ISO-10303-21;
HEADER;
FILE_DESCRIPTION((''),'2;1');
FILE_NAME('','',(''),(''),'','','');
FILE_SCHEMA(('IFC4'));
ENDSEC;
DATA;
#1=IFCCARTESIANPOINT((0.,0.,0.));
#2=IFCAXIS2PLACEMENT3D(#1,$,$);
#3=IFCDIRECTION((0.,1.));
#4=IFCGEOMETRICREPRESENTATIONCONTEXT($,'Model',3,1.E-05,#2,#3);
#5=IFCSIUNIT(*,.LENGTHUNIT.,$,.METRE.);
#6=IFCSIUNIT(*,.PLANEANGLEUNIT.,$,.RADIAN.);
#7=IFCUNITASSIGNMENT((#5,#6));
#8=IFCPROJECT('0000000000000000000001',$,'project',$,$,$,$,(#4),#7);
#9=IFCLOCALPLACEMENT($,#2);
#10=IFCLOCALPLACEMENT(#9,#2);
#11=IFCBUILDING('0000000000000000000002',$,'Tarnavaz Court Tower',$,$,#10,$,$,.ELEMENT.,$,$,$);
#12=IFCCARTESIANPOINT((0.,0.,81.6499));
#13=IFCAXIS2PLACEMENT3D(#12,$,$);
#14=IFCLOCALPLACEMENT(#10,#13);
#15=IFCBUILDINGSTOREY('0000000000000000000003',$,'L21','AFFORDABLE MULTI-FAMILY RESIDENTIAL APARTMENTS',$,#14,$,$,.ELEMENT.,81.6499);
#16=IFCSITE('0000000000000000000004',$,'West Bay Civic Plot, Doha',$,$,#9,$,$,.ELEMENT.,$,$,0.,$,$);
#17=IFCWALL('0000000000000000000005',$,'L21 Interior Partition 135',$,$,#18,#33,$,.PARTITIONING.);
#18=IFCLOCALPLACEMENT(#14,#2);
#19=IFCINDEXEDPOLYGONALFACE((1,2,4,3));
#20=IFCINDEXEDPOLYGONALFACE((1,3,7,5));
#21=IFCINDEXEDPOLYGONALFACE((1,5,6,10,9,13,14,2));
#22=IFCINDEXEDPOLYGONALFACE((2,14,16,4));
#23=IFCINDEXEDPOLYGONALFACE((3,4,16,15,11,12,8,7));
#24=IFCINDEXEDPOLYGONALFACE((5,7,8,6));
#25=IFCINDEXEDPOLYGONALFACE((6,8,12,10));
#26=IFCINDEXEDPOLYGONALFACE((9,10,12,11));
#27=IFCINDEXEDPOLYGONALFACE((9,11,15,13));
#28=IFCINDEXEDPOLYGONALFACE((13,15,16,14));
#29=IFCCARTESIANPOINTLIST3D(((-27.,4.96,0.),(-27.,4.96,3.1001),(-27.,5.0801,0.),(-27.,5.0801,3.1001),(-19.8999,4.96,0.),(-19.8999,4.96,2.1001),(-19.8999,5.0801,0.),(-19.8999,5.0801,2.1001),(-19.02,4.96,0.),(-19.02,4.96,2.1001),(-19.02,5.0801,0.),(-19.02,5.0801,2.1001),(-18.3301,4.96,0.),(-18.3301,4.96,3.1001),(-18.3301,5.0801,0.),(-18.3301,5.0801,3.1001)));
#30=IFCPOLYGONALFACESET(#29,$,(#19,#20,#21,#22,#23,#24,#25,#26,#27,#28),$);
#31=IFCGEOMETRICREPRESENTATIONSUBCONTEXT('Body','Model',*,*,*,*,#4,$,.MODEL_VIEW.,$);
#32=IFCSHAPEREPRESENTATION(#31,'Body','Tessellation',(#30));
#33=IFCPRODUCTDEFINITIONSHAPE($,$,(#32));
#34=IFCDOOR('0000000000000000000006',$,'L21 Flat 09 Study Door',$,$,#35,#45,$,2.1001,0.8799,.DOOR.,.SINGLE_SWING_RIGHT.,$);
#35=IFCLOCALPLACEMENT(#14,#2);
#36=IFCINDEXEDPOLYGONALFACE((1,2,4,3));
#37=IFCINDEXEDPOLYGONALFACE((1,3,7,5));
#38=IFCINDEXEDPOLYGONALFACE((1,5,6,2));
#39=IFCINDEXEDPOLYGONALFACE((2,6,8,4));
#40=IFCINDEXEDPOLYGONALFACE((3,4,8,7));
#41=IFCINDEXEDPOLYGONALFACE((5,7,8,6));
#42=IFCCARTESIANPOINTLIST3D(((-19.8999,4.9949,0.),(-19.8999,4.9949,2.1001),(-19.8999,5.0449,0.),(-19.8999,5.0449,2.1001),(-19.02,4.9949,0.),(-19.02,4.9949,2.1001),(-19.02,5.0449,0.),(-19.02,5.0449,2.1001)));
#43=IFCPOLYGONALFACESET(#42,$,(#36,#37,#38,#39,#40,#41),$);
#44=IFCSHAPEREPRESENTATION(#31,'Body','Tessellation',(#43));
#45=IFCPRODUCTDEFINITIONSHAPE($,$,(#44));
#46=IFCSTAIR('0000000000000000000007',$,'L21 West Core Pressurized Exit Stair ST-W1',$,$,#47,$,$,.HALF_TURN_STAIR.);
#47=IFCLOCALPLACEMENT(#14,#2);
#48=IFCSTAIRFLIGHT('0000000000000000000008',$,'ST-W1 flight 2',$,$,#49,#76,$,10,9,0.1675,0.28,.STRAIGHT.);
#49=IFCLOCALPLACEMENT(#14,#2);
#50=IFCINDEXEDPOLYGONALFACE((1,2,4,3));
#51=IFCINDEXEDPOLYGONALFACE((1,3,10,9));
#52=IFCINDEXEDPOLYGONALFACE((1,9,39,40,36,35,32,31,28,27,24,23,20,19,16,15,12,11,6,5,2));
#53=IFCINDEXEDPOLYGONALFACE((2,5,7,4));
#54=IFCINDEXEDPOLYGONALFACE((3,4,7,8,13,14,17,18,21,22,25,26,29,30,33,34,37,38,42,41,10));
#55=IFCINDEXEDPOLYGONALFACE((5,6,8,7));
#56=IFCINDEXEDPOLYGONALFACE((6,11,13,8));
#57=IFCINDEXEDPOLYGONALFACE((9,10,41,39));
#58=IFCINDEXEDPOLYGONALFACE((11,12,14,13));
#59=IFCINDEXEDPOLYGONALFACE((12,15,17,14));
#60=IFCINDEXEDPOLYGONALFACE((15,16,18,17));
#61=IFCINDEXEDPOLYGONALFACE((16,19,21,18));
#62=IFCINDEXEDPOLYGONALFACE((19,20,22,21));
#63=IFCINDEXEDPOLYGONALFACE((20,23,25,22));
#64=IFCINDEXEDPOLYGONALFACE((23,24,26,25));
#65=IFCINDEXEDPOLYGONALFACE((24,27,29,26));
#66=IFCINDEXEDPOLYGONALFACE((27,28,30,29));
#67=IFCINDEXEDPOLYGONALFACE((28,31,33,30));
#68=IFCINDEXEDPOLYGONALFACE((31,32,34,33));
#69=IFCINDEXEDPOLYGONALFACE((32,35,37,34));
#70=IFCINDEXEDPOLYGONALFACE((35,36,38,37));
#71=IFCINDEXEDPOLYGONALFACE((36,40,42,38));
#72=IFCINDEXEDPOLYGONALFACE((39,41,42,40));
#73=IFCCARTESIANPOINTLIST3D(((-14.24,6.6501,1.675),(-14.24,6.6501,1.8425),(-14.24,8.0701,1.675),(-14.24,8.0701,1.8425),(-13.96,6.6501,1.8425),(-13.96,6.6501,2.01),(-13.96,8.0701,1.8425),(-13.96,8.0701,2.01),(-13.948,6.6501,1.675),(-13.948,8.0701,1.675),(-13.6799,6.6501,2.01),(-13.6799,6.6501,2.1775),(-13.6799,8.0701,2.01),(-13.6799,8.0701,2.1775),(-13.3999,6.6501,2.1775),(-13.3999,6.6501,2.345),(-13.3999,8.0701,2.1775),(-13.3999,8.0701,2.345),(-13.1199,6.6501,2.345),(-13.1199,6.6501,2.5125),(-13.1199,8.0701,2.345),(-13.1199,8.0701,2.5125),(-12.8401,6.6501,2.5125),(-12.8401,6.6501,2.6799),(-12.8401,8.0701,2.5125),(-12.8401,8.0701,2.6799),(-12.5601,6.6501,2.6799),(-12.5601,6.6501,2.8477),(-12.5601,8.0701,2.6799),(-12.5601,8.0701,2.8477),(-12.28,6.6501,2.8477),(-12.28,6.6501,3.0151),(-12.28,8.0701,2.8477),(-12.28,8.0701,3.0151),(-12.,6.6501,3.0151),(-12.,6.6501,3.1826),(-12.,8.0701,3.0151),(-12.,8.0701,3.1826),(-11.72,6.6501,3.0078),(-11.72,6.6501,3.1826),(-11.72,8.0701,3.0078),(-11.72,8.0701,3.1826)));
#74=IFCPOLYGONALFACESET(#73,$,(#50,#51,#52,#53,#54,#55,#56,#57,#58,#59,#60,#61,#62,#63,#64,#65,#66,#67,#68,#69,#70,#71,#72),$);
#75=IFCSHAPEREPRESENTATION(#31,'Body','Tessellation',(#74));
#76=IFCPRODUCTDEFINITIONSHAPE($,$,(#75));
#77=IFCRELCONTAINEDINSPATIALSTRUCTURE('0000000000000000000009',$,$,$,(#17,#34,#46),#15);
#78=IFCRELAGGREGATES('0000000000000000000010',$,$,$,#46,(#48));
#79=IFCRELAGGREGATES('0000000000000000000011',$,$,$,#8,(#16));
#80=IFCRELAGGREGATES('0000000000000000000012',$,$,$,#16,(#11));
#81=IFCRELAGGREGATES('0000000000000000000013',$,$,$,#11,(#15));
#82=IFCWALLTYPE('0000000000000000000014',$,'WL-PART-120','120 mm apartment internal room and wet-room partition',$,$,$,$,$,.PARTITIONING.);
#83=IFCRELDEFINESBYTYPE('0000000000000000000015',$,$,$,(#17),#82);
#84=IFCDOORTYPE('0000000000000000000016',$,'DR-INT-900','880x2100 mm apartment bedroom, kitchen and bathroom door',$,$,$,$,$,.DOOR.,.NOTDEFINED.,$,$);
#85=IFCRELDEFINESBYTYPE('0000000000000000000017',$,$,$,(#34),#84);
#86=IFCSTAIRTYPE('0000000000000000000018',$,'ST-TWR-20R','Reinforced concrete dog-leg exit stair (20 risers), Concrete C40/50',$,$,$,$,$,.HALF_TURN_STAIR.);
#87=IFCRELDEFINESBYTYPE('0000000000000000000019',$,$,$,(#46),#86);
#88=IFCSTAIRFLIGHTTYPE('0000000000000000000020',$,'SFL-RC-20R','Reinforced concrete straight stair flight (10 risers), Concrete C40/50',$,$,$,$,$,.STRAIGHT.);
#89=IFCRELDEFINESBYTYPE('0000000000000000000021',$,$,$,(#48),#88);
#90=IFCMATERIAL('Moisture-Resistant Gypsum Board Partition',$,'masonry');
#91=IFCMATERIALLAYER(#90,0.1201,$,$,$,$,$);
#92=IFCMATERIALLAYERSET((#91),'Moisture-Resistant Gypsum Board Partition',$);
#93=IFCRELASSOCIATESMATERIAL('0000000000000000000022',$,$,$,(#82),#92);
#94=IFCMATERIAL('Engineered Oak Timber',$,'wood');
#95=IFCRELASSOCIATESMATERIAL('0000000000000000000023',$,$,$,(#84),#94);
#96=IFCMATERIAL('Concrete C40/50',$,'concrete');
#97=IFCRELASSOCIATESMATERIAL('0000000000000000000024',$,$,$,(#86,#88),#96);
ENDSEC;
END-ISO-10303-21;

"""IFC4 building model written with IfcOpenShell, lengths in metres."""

from ifc_helpers import new_model, si_unit, direction, frame, frame_2d, origin, place, context, subcontext, project, spatial, polyline, rectangle, outline, extrude, material, layer, layer_set, type_object, element, fill, aggregate, save


model = new_model("IFC4")

# Units and contexts
model_context = context("Model", 3, precision=1e-05, world=origin(), true_north=direction((0.0, 1.0)))
body_context = subcontext(model_context, "Body", "Model", "MODEL_VIEW")
ifc_project = project(units=[si_unit("LENGTHUNIT", "METRE"), si_unit("PLANEANGLEUNIT", "RADIAN")], contexts=[model_context])

# Site, building, storey
site_placement = place(None, origin())
site = spatial("IfcSite", under=ifc_project, at=site_placement, Name="West Bay Civic Plot, Doha", CompositionType="ELEMENT", RefElevation=0.0)
building_placement = place(site_placement, origin())
building = spatial("IfcBuilding", under=site, at=building_placement, Name="Tarnavaz Court Tower", CompositionType="ELEMENT")
storey_placement = place(building_placement, frame((0.0, 0.0, 81.6499)))
storey = spatial("IfcBuildingStorey", under=building, at=storey_placement, Name="L21", Description="AFFORDABLE MULTI-FAMILY RESIDENTIAL APARTMENTS", CompositionType="ELEMENT", Elevation=81.6499)

# Wall, opening, door
ifc_material_1 = material(Name="Moisture-Resistant Gypsum Board Partition", Category="masonry")
ifc_layer_1 = layer(ifc_material_1, 0.1201)
ifc_layer_set_1 = layer_set([ifc_layer_1], Name="Moisture-Resistant Gypsum Board Partition")
wall_type_1 = type_object("IfcWallType", Name="WL-PART-120", Description="120 mm apartment internal room and wet-room partition", PredefinedType="PARTITIONING", material=ifc_layer_set_1)
ifc_material_2 = material(Name="Engineered Oak Timber", Category="wood")
wall_1_placement = place(storey_placement, frame((-27.0, 5.02, 0.0), z_axis=(0.0, 0.0, 1.0), x_axis=(1.0, 0.0, 0.0)))
wall_1 = element("IfcWall", 1, at=wall_1_placement, inside=storey, type_object=wall_type_1, Name="L21 Interior Partition 135", PredefinedType="PARTITIONING", context=body_context, shape_type="SweptSolid", body=[
    extrude(rectangle(XDim=8.6699, YDim=0.1201, at=frame_2d((4.335, 0.0))), origin(), (0.0, 0.0, 1.0), 3.1001),
])
opening_1_placement = place(wall_1_placement, frame((7.1001, 0.0, 0.0)))
opening_1 = element("IfcOpeningElement", 2, at=opening_1_placement, cuts=wall_1, PredefinedType="OPENING", context=body_context, shape_type="SweptSolid", body=[
    extrude(rectangle(XDim=0.8799, YDim=2.1001, at=frame_2d((0.4399, 1.05))), frame((0.0, 0.0701, 0.0), z_axis=(0.0, -1.0, 0.0), x_axis=(1.0, 0.0, 0.0)), (0.0, 0.0, 1.0), 0.1401),
])
door_type_1 = type_object("IfcDoorType", Name="DR-INT-900", Description="880x2100 mm apartment bedroom, kitchen and bathroom door", OperationType="NOTDEFINED", PredefinedType="DOOR", material=ifc_material_2)
door_1_placement = place(opening_1_placement, origin())
door_1 = element("IfcDoor", 3, at=door_1_placement, inside=storey, type_object=door_type_1, Name="L21 Flat 09 Study Door", OperationType="SINGLE_SWING_RIGHT", OverallHeight=2.1001, OverallWidth=0.8799, PredefinedType="DOOR", context=body_context, shape_type="SweptSolid", body=[
    extrude(rectangle(XDim=0.8799, YDim=2.1001, at=frame_2d((0.4399, 1.05))), frame((0.0, 0.0249, 0.0), z_axis=(0.0, -1.0, 0.0), x_axis=(1.0, 0.0, 0.0)), (0.0, 0.0, 1.0), 0.05),
])
fill(opening_1, door_1)

# Stair, stair flight
ifc_material_3 = material(Name="Concrete C40/50", Category="concrete")
stair_type = type_object("IfcStairType", Name="ST-TWR-20R", Description="Reinforced concrete dog-leg exit stair (20 risers), Concrete C40/50", PredefinedType="HALF_TURN_STAIR", material=ifc_material_3)
stair_placement = place(storey_placement, origin())
stair = element("IfcStair", 4, at=stair_placement, inside=storey, type_object=stair_type, Name="L21 West Core Pressurized Exit Stair ST-W1", PredefinedType="HALF_TURN_STAIR")
stair_flight_type = type_object("IfcStairFlightType", Name="SFL-RC-20R", Description="Reinforced concrete straight stair flight (10 risers), Concrete C40/50", PredefinedType="STRAIGHT", material=ifc_material_3)
stair_flight_placement = place(storey_placement, frame((-14.24, 7.3601, 1.675), z_axis=(0.0, 0.0, 1.0), x_axis=(1.0, 0.0, 0.0)))
stair_flight = element("IfcStairFlight", 5, at=stair_flight_placement, type_object=stair_flight_type, Name="ST-W1 flight 2", NumberOfRisers=10, NumberOfTreads=9, PredefinedType="STRAIGHT", RiserHeight=0.1675, TreadLength=0.28, context=body_context, shape_type="SweptSolid", body=[
    extrude(outline(polyline([(0.0, 0.0), (0.0, 0.1675), (0.28, 0.1675), (0.28, 0.335), (0.5601, 0.335), (0.5601, 0.5024), (0.8401, 0.5024), (0.8401, 0.6699), (1.1201, 0.6699), (1.1201, 0.8374), (1.3999, 0.8374), (1.3999, 1.0049), (1.6799, 1.0049), (1.6799, 1.1726), (1.96, 1.1726), (1.96, 1.3401), (2.24, 1.3401), (2.24, 1.5076), (2.52, 1.5076), (2.52, 1.675), (2.52, 1.3328), (0.292, 0.0), (0.0, 0.0)])), frame((0.0, 0.71, 0.0), z_axis=(0.0, -1.0, 0.0), x_axis=(1.0, 0.0, 0.0)), (0.0, 0.0, 1.0), 1.4199),
])
aggregate(stair, [stair_flight])

save(model, "model.ifc")
